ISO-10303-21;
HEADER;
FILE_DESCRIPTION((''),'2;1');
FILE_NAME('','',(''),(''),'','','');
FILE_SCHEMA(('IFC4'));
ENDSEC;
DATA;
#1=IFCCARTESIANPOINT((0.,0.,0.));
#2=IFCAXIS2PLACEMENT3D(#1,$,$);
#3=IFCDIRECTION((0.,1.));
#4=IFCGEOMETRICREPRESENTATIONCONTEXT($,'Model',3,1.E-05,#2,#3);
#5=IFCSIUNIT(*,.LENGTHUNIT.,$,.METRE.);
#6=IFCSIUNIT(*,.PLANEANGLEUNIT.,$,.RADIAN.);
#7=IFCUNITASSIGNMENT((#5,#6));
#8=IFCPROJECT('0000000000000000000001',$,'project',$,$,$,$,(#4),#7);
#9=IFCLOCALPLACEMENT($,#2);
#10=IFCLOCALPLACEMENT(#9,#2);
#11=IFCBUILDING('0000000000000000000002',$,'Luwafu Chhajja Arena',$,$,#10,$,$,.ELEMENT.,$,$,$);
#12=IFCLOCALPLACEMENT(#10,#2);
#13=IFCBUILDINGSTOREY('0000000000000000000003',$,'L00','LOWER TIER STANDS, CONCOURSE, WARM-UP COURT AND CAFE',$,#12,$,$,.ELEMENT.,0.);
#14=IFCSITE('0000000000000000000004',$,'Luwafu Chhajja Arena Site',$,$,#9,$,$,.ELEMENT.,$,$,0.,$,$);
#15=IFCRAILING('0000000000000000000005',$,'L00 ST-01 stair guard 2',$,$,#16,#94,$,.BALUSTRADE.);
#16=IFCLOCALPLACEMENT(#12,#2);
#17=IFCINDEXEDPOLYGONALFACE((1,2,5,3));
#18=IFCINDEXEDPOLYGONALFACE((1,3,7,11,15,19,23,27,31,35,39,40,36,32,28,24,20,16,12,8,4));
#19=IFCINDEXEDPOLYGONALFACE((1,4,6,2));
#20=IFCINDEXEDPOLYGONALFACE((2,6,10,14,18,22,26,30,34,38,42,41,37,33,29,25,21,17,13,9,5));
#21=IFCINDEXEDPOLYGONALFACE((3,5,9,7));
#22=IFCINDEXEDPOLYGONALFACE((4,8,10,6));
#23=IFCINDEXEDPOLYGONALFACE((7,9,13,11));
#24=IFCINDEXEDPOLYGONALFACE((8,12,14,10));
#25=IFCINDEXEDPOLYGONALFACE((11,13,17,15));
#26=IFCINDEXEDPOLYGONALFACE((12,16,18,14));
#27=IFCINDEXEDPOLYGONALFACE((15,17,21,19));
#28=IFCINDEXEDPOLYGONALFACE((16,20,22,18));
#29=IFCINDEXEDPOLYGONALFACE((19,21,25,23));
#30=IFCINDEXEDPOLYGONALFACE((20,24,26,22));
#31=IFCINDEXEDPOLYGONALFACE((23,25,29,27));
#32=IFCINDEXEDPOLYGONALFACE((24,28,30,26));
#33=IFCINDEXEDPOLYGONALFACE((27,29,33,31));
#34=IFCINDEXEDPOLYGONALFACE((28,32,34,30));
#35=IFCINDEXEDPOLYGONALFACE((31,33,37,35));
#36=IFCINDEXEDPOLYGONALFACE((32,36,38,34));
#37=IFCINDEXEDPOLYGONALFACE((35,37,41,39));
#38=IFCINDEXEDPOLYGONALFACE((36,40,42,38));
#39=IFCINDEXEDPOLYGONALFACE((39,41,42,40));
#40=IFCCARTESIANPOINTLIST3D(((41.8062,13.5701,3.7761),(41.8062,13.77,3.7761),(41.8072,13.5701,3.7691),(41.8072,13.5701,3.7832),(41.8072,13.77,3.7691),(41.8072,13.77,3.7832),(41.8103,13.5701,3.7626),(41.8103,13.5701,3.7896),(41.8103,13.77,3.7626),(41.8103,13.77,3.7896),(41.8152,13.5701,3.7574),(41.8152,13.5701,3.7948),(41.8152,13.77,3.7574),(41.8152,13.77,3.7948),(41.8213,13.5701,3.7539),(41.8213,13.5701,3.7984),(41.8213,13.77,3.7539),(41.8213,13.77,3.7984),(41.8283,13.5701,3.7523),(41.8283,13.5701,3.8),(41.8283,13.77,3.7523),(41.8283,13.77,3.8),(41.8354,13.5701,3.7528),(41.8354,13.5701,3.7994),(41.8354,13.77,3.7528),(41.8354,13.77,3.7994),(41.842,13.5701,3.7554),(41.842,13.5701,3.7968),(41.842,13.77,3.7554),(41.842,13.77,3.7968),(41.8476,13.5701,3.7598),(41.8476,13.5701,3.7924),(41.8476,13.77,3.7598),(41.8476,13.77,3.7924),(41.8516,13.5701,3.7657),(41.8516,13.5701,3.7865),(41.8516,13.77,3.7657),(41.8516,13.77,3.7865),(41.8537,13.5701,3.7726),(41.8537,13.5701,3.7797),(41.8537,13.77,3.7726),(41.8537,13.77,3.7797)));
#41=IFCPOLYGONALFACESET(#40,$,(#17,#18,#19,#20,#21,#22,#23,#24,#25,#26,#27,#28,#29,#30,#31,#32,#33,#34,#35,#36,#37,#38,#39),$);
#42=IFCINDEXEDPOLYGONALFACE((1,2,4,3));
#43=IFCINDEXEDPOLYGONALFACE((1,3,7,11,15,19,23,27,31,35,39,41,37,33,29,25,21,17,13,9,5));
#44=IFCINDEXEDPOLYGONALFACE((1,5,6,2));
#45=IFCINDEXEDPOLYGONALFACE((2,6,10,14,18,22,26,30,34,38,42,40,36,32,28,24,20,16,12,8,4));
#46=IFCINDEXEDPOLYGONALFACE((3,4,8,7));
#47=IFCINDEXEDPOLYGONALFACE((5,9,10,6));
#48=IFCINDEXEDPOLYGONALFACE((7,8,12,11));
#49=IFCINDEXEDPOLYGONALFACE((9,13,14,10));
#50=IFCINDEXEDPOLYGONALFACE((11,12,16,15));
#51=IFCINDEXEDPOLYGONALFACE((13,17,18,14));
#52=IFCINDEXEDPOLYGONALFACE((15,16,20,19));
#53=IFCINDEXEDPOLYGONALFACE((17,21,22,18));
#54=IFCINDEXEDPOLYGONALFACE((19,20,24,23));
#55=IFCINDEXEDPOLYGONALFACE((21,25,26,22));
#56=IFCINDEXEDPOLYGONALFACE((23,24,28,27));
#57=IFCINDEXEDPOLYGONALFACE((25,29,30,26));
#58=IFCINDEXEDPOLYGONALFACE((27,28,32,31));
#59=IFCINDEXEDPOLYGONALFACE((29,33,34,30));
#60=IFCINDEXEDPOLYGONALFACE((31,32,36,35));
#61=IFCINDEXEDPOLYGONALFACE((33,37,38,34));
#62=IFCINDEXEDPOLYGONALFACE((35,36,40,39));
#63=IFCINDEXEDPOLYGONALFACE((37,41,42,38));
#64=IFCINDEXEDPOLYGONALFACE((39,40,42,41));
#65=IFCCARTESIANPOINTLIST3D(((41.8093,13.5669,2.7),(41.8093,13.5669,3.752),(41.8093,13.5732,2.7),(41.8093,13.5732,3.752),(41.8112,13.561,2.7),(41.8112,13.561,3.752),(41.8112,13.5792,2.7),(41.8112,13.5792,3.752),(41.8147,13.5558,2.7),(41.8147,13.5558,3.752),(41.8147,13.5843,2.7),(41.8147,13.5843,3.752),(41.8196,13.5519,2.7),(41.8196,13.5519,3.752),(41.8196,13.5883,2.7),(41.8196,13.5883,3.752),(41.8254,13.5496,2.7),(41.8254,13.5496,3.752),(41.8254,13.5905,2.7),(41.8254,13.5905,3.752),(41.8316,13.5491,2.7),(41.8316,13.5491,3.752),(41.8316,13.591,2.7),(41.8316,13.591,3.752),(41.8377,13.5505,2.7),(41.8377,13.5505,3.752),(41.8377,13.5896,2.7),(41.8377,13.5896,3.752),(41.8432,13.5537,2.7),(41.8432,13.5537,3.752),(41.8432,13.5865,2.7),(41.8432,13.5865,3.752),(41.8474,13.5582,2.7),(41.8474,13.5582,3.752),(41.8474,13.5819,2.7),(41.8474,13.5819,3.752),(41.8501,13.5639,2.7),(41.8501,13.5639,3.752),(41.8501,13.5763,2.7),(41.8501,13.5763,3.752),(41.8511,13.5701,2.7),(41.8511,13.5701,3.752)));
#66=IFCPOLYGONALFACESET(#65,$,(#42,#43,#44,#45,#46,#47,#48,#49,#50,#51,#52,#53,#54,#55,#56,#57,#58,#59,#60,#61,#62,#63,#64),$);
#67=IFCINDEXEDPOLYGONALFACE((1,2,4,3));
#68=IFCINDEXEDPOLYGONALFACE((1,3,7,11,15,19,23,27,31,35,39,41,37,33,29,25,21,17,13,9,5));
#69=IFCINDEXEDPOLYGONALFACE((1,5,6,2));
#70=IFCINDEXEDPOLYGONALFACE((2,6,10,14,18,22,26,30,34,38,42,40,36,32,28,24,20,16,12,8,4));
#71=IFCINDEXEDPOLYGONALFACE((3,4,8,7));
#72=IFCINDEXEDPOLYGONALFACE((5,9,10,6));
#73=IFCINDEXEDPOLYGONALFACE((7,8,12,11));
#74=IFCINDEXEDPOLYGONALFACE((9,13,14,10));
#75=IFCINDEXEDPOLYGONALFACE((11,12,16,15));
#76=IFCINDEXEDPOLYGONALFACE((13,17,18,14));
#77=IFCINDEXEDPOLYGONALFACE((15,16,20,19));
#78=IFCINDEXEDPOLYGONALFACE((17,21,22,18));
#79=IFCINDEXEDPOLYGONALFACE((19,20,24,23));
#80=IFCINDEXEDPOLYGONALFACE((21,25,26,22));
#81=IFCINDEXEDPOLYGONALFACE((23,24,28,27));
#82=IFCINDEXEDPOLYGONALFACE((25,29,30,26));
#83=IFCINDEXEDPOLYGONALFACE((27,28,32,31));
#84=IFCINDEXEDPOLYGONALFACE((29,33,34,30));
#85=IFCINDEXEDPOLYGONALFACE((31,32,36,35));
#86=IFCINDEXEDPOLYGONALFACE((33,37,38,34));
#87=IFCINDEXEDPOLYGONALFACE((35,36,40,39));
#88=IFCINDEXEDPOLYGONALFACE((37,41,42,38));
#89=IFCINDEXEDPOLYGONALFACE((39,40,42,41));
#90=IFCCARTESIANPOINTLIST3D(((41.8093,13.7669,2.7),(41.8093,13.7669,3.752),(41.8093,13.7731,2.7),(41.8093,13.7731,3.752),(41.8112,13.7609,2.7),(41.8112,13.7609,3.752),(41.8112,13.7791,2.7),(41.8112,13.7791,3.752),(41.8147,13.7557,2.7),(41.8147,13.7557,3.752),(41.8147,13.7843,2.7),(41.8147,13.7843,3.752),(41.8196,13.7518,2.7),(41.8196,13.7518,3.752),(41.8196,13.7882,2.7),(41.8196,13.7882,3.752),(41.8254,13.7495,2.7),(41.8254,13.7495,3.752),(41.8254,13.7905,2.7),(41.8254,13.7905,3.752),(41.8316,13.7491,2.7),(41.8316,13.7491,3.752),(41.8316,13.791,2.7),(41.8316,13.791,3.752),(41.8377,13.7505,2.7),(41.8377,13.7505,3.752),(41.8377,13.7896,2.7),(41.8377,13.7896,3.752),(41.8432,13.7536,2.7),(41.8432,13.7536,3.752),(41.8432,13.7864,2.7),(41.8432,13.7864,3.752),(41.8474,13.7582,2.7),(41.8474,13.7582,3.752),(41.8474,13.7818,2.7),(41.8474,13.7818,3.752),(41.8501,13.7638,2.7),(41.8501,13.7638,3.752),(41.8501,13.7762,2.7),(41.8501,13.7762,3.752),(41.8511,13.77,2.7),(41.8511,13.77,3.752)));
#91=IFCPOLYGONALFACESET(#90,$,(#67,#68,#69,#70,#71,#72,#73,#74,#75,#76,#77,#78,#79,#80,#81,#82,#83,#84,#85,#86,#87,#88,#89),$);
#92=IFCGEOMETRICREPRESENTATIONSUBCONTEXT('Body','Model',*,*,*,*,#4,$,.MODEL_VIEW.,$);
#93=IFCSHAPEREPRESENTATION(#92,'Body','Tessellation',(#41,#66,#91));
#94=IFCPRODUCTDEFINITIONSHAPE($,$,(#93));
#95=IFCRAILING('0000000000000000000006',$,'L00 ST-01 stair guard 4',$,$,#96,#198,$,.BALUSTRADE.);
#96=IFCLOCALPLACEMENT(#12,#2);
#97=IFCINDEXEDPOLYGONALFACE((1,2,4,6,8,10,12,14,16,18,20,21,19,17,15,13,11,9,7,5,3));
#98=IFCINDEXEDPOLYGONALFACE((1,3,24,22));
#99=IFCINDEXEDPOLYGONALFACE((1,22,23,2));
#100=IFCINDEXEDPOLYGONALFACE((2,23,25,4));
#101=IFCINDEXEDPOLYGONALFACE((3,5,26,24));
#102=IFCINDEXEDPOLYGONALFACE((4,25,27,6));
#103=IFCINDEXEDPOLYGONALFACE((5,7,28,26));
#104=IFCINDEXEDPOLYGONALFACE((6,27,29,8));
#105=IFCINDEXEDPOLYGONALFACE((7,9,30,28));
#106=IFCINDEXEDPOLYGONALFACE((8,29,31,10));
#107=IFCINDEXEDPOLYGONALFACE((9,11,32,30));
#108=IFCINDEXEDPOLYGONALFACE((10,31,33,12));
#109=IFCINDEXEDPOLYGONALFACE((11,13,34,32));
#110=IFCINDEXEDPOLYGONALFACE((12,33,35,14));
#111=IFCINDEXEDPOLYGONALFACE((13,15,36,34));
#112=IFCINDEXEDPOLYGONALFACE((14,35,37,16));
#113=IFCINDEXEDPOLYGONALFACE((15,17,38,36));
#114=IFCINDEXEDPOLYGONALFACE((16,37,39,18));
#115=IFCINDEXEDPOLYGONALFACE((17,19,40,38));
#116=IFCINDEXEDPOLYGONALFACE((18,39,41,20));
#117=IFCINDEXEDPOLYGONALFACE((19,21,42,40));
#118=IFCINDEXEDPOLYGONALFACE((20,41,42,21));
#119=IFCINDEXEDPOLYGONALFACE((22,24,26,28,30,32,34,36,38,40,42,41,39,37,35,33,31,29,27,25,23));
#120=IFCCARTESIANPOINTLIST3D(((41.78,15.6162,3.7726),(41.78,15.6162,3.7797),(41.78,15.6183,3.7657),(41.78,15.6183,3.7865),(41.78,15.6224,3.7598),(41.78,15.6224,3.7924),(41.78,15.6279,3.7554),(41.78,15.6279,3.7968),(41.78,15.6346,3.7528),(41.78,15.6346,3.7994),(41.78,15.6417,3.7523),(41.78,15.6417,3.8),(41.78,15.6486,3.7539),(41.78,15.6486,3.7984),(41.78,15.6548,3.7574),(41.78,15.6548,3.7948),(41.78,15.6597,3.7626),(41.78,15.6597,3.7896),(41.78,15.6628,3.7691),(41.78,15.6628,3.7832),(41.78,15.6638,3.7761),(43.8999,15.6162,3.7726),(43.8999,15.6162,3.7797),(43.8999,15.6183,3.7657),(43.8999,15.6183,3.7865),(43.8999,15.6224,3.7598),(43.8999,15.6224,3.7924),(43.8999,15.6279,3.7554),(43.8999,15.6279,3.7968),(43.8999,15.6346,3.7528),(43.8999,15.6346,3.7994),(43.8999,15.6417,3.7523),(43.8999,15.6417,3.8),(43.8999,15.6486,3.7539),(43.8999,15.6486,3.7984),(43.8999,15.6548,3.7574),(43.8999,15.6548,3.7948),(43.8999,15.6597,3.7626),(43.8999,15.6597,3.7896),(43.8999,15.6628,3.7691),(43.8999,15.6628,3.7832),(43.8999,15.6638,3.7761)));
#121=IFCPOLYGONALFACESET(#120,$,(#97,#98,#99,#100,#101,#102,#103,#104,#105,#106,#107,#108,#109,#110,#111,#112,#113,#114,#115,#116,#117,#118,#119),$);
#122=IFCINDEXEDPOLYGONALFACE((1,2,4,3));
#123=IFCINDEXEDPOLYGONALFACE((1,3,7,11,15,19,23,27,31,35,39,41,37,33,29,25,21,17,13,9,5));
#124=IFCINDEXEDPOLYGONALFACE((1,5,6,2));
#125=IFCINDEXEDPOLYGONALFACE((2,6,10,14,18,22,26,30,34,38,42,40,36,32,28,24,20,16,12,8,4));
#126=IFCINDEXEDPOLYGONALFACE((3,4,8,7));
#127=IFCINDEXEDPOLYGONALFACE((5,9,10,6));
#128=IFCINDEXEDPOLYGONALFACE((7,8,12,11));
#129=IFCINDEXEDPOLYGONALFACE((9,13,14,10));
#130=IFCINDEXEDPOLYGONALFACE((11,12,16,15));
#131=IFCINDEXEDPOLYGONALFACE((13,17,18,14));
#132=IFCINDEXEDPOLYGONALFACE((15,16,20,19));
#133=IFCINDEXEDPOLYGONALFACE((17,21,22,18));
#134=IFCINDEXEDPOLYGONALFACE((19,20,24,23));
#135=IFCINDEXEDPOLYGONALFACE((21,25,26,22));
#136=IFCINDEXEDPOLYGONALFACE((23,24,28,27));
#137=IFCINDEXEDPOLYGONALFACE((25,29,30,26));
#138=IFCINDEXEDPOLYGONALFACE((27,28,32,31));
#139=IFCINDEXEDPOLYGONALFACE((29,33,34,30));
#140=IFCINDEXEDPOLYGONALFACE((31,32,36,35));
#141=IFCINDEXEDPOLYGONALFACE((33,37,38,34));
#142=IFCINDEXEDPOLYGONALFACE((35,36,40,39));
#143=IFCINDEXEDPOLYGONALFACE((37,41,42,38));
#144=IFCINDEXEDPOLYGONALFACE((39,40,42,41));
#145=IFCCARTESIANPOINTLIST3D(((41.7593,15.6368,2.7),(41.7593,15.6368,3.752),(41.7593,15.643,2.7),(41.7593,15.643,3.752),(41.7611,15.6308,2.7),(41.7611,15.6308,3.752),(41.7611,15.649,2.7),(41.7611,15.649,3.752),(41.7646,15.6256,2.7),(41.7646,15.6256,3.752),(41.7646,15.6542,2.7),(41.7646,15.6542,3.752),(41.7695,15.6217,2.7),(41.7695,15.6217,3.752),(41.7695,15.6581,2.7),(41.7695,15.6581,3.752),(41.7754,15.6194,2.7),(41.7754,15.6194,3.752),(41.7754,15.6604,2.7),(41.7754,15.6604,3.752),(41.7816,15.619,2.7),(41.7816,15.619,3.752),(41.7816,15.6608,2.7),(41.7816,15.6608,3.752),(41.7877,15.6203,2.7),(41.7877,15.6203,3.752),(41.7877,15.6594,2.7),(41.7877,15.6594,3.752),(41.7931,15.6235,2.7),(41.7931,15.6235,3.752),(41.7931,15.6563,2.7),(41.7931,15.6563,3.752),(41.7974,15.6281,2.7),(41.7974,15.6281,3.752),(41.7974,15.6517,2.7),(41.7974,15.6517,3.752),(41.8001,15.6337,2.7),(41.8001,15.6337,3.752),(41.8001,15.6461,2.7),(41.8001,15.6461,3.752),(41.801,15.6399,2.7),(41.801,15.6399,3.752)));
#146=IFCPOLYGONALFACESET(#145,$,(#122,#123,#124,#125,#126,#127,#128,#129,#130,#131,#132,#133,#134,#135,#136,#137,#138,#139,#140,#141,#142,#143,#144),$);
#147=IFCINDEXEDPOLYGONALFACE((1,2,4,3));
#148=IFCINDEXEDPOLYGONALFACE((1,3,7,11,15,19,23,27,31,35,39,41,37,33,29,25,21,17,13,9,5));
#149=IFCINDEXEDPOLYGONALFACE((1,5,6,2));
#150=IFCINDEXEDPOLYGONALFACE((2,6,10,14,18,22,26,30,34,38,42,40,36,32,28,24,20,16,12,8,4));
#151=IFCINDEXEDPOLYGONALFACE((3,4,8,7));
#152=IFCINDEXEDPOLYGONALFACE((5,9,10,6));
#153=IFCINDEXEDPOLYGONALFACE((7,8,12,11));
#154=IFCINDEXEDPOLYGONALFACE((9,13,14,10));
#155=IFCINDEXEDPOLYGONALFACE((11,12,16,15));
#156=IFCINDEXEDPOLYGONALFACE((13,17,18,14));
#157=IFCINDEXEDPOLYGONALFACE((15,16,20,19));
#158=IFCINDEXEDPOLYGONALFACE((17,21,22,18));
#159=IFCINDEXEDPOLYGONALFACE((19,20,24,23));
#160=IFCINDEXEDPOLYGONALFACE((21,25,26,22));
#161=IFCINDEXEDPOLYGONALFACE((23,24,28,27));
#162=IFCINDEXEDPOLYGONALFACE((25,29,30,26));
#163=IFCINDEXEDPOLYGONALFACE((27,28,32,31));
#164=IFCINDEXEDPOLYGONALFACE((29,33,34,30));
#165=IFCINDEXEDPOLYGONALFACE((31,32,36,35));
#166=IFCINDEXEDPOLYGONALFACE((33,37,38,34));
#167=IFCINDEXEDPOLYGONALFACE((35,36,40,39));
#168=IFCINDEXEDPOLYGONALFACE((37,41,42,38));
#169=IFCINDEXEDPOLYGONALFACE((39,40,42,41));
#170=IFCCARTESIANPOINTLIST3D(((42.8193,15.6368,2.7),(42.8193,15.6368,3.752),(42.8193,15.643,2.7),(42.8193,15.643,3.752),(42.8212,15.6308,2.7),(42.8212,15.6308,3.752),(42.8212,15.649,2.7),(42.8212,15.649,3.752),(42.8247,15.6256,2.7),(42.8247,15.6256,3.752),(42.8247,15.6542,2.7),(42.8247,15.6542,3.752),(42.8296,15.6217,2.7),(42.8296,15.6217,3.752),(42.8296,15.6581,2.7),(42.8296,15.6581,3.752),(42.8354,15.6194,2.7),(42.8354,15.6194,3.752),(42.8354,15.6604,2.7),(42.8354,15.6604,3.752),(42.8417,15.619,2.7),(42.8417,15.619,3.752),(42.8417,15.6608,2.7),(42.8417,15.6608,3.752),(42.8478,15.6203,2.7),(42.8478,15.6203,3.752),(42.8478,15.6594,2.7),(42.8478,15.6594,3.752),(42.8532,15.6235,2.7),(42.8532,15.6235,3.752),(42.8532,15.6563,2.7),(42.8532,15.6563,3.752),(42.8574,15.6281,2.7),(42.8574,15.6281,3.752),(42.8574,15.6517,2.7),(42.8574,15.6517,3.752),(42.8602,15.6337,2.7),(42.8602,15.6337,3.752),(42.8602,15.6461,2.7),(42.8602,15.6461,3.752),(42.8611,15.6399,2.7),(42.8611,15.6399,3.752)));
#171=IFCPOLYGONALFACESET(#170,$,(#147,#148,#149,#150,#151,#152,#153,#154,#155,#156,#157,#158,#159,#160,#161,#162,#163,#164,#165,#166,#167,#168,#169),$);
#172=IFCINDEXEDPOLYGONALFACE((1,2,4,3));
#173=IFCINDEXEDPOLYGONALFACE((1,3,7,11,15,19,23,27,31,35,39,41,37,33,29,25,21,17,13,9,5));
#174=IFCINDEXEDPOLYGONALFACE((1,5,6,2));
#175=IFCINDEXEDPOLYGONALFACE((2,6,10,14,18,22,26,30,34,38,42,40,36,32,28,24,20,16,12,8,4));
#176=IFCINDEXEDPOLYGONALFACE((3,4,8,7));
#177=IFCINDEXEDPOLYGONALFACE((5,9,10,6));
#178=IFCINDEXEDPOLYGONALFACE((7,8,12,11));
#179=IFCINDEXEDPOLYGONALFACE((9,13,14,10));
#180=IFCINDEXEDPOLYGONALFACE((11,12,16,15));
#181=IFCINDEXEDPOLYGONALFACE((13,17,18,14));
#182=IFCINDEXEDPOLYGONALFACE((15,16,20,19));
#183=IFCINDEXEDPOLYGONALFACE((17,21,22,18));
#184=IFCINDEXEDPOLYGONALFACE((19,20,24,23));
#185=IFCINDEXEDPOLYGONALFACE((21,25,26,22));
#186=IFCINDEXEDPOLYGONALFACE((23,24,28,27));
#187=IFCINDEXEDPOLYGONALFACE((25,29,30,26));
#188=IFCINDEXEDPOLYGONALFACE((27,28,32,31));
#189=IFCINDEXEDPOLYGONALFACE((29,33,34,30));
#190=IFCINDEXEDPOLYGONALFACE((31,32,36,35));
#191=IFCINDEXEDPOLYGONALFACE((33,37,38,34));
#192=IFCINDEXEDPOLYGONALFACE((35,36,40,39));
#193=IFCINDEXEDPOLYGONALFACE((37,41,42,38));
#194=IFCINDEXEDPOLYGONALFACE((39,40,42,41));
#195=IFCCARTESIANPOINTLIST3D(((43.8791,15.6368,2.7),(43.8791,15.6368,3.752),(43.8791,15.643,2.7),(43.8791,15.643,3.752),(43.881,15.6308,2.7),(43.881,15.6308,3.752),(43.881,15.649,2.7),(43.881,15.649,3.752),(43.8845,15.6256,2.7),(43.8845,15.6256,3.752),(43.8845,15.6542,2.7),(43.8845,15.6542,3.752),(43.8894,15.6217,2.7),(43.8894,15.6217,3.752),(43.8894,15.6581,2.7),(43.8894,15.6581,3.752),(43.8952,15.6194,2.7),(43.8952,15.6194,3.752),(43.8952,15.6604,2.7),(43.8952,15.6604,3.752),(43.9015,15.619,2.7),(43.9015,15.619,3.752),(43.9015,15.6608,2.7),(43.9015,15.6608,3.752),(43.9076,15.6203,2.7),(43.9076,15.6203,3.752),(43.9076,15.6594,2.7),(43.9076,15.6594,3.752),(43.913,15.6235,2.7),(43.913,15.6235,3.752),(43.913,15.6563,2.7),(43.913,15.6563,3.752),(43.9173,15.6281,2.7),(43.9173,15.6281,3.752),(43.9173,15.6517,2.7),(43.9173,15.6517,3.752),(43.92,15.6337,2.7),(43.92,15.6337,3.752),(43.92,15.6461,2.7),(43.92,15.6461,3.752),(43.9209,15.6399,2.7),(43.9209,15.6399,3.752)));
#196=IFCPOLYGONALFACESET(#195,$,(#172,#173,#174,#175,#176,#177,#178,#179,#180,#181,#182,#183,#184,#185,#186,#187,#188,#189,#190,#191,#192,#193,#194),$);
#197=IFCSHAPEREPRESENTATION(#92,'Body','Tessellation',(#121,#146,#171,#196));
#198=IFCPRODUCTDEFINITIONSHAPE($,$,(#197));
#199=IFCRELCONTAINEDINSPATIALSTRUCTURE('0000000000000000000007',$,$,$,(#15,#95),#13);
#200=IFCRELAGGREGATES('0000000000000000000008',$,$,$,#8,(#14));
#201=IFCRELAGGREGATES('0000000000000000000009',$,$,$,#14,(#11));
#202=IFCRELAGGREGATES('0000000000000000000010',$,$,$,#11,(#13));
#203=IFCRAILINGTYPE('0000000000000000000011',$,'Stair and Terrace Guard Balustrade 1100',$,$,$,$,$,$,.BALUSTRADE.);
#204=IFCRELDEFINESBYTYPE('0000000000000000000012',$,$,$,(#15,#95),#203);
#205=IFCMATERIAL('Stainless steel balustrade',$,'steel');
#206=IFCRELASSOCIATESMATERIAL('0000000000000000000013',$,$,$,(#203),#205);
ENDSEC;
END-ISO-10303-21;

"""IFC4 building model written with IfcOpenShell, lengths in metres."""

from ifc_helpers import new_model, si_unit, direction, frame, origin, origin_2d, place, context, subcontext, project, spatial, circle, extrude, material, type_object, element, save


model = new_model("IFC4")

# Units and contexts
model_context = context("Model", 3, precision=1e-05, world=origin(), true_north=direction((0.0, 1.0)))
body_context = subcontext(model_context, "Body", "Model", "MODEL_VIEW")
ifc_project = project(units=[si_unit("LENGTHUNIT", "METRE"), si_unit("PLANEANGLEUNIT", "RADIAN")], contexts=[model_context])

# Site, building, storey
site_placement = place(None, origin())
site = spatial("IfcSite", under=ifc_project, at=site_placement, Name="Luwafu Chhajja Arena Site", CompositionType="ELEMENT", RefElevation=0.0)
building_placement = place(site_placement, origin())
building = spatial("IfcBuilding", under=site, at=building_placement, Name="Luwafu Chhajja Arena", CompositionType="ELEMENT")
storey_placement = place(building_placement, origin())
storey = spatial("IfcBuildingStorey", under=building, at=storey_placement, Name="L00", Description="LOWER TIER STANDS, CONCOURSE, WARM-UP COURT AND CAFE", CompositionType="ELEMENT", Elevation=0.0)

# Railings
ifc_material_1 = material(Name="Stainless steel balustrade", Category="steel")
railing_type_1 = type_object("IfcRailingType", Name="Stair and Terrace Guard Balustrade 1100", PredefinedType="BALUSTRADE", material=ifc_material_1)
railing_1_placement = place(storey_placement, frame((41.8301, 13.5701, 2.7)))
element("IfcRailing", 1, at=railing_1_placement, inside=storey, type_object=railing_type_1, Name="L00 ST-01 stair guard 2", PredefinedType="BALUSTRADE", context=body_context, shape_type="SweptSolid", body=[
    extrude(circle(Radius=0.0239, at=origin_2d()), frame((0.0, 0.0, 1.0762), z_axis=(0.0, 1.0, 0.0), x_axis=(-1.0, 0.0, 0.0)), (0.0, 0.0, 1.0), 0.2),
    extrude(circle(Radius=0.021, at=origin_2d()), origin(), (0.0, 0.0, 1.0), 1.052),
    extrude(circle(Radius=0.021, at=origin_2d()), frame((0.0, 0.2, 0.0)), (0.0, 0.0, 1.0), 1.052),
])
railing_2_placement = place(storey_placement, frame((41.78, 15.6399, 2.7)))
element("IfcRailing", 2, at=railing_2_placement, inside=storey, type_object=railing_type_1, Name="L00 ST-01 stair guard 4", PredefinedType="BALUSTRADE", context=body_context, shape_type="SweptSolid", body=[
    extrude(circle(Radius=0.0239, at=origin_2d()), frame((0.0, 0.0, 1.0762), z_axis=(1.0, 0.0, 0.0), x_axis=(0.0, 1.0, 0.0)), (0.0, 0.0, 1.0), 2.1199),
    extrude(circle(Radius=0.021, at=origin_2d()), origin(), (0.0, 0.0, 1.0), 1.052),
    extrude(circle(Radius=0.021, at=origin_2d()), frame((1.0601, 0.0, 0.0)), (0.0, 0.0, 1.0), 1.052),
    extrude(circle(Radius=0.021, at=origin_2d()), frame((2.1199, 0.0, 0.0)), (0.0, 0.0, 1.0), 1.052),
])

save(model, "model.ifc")
